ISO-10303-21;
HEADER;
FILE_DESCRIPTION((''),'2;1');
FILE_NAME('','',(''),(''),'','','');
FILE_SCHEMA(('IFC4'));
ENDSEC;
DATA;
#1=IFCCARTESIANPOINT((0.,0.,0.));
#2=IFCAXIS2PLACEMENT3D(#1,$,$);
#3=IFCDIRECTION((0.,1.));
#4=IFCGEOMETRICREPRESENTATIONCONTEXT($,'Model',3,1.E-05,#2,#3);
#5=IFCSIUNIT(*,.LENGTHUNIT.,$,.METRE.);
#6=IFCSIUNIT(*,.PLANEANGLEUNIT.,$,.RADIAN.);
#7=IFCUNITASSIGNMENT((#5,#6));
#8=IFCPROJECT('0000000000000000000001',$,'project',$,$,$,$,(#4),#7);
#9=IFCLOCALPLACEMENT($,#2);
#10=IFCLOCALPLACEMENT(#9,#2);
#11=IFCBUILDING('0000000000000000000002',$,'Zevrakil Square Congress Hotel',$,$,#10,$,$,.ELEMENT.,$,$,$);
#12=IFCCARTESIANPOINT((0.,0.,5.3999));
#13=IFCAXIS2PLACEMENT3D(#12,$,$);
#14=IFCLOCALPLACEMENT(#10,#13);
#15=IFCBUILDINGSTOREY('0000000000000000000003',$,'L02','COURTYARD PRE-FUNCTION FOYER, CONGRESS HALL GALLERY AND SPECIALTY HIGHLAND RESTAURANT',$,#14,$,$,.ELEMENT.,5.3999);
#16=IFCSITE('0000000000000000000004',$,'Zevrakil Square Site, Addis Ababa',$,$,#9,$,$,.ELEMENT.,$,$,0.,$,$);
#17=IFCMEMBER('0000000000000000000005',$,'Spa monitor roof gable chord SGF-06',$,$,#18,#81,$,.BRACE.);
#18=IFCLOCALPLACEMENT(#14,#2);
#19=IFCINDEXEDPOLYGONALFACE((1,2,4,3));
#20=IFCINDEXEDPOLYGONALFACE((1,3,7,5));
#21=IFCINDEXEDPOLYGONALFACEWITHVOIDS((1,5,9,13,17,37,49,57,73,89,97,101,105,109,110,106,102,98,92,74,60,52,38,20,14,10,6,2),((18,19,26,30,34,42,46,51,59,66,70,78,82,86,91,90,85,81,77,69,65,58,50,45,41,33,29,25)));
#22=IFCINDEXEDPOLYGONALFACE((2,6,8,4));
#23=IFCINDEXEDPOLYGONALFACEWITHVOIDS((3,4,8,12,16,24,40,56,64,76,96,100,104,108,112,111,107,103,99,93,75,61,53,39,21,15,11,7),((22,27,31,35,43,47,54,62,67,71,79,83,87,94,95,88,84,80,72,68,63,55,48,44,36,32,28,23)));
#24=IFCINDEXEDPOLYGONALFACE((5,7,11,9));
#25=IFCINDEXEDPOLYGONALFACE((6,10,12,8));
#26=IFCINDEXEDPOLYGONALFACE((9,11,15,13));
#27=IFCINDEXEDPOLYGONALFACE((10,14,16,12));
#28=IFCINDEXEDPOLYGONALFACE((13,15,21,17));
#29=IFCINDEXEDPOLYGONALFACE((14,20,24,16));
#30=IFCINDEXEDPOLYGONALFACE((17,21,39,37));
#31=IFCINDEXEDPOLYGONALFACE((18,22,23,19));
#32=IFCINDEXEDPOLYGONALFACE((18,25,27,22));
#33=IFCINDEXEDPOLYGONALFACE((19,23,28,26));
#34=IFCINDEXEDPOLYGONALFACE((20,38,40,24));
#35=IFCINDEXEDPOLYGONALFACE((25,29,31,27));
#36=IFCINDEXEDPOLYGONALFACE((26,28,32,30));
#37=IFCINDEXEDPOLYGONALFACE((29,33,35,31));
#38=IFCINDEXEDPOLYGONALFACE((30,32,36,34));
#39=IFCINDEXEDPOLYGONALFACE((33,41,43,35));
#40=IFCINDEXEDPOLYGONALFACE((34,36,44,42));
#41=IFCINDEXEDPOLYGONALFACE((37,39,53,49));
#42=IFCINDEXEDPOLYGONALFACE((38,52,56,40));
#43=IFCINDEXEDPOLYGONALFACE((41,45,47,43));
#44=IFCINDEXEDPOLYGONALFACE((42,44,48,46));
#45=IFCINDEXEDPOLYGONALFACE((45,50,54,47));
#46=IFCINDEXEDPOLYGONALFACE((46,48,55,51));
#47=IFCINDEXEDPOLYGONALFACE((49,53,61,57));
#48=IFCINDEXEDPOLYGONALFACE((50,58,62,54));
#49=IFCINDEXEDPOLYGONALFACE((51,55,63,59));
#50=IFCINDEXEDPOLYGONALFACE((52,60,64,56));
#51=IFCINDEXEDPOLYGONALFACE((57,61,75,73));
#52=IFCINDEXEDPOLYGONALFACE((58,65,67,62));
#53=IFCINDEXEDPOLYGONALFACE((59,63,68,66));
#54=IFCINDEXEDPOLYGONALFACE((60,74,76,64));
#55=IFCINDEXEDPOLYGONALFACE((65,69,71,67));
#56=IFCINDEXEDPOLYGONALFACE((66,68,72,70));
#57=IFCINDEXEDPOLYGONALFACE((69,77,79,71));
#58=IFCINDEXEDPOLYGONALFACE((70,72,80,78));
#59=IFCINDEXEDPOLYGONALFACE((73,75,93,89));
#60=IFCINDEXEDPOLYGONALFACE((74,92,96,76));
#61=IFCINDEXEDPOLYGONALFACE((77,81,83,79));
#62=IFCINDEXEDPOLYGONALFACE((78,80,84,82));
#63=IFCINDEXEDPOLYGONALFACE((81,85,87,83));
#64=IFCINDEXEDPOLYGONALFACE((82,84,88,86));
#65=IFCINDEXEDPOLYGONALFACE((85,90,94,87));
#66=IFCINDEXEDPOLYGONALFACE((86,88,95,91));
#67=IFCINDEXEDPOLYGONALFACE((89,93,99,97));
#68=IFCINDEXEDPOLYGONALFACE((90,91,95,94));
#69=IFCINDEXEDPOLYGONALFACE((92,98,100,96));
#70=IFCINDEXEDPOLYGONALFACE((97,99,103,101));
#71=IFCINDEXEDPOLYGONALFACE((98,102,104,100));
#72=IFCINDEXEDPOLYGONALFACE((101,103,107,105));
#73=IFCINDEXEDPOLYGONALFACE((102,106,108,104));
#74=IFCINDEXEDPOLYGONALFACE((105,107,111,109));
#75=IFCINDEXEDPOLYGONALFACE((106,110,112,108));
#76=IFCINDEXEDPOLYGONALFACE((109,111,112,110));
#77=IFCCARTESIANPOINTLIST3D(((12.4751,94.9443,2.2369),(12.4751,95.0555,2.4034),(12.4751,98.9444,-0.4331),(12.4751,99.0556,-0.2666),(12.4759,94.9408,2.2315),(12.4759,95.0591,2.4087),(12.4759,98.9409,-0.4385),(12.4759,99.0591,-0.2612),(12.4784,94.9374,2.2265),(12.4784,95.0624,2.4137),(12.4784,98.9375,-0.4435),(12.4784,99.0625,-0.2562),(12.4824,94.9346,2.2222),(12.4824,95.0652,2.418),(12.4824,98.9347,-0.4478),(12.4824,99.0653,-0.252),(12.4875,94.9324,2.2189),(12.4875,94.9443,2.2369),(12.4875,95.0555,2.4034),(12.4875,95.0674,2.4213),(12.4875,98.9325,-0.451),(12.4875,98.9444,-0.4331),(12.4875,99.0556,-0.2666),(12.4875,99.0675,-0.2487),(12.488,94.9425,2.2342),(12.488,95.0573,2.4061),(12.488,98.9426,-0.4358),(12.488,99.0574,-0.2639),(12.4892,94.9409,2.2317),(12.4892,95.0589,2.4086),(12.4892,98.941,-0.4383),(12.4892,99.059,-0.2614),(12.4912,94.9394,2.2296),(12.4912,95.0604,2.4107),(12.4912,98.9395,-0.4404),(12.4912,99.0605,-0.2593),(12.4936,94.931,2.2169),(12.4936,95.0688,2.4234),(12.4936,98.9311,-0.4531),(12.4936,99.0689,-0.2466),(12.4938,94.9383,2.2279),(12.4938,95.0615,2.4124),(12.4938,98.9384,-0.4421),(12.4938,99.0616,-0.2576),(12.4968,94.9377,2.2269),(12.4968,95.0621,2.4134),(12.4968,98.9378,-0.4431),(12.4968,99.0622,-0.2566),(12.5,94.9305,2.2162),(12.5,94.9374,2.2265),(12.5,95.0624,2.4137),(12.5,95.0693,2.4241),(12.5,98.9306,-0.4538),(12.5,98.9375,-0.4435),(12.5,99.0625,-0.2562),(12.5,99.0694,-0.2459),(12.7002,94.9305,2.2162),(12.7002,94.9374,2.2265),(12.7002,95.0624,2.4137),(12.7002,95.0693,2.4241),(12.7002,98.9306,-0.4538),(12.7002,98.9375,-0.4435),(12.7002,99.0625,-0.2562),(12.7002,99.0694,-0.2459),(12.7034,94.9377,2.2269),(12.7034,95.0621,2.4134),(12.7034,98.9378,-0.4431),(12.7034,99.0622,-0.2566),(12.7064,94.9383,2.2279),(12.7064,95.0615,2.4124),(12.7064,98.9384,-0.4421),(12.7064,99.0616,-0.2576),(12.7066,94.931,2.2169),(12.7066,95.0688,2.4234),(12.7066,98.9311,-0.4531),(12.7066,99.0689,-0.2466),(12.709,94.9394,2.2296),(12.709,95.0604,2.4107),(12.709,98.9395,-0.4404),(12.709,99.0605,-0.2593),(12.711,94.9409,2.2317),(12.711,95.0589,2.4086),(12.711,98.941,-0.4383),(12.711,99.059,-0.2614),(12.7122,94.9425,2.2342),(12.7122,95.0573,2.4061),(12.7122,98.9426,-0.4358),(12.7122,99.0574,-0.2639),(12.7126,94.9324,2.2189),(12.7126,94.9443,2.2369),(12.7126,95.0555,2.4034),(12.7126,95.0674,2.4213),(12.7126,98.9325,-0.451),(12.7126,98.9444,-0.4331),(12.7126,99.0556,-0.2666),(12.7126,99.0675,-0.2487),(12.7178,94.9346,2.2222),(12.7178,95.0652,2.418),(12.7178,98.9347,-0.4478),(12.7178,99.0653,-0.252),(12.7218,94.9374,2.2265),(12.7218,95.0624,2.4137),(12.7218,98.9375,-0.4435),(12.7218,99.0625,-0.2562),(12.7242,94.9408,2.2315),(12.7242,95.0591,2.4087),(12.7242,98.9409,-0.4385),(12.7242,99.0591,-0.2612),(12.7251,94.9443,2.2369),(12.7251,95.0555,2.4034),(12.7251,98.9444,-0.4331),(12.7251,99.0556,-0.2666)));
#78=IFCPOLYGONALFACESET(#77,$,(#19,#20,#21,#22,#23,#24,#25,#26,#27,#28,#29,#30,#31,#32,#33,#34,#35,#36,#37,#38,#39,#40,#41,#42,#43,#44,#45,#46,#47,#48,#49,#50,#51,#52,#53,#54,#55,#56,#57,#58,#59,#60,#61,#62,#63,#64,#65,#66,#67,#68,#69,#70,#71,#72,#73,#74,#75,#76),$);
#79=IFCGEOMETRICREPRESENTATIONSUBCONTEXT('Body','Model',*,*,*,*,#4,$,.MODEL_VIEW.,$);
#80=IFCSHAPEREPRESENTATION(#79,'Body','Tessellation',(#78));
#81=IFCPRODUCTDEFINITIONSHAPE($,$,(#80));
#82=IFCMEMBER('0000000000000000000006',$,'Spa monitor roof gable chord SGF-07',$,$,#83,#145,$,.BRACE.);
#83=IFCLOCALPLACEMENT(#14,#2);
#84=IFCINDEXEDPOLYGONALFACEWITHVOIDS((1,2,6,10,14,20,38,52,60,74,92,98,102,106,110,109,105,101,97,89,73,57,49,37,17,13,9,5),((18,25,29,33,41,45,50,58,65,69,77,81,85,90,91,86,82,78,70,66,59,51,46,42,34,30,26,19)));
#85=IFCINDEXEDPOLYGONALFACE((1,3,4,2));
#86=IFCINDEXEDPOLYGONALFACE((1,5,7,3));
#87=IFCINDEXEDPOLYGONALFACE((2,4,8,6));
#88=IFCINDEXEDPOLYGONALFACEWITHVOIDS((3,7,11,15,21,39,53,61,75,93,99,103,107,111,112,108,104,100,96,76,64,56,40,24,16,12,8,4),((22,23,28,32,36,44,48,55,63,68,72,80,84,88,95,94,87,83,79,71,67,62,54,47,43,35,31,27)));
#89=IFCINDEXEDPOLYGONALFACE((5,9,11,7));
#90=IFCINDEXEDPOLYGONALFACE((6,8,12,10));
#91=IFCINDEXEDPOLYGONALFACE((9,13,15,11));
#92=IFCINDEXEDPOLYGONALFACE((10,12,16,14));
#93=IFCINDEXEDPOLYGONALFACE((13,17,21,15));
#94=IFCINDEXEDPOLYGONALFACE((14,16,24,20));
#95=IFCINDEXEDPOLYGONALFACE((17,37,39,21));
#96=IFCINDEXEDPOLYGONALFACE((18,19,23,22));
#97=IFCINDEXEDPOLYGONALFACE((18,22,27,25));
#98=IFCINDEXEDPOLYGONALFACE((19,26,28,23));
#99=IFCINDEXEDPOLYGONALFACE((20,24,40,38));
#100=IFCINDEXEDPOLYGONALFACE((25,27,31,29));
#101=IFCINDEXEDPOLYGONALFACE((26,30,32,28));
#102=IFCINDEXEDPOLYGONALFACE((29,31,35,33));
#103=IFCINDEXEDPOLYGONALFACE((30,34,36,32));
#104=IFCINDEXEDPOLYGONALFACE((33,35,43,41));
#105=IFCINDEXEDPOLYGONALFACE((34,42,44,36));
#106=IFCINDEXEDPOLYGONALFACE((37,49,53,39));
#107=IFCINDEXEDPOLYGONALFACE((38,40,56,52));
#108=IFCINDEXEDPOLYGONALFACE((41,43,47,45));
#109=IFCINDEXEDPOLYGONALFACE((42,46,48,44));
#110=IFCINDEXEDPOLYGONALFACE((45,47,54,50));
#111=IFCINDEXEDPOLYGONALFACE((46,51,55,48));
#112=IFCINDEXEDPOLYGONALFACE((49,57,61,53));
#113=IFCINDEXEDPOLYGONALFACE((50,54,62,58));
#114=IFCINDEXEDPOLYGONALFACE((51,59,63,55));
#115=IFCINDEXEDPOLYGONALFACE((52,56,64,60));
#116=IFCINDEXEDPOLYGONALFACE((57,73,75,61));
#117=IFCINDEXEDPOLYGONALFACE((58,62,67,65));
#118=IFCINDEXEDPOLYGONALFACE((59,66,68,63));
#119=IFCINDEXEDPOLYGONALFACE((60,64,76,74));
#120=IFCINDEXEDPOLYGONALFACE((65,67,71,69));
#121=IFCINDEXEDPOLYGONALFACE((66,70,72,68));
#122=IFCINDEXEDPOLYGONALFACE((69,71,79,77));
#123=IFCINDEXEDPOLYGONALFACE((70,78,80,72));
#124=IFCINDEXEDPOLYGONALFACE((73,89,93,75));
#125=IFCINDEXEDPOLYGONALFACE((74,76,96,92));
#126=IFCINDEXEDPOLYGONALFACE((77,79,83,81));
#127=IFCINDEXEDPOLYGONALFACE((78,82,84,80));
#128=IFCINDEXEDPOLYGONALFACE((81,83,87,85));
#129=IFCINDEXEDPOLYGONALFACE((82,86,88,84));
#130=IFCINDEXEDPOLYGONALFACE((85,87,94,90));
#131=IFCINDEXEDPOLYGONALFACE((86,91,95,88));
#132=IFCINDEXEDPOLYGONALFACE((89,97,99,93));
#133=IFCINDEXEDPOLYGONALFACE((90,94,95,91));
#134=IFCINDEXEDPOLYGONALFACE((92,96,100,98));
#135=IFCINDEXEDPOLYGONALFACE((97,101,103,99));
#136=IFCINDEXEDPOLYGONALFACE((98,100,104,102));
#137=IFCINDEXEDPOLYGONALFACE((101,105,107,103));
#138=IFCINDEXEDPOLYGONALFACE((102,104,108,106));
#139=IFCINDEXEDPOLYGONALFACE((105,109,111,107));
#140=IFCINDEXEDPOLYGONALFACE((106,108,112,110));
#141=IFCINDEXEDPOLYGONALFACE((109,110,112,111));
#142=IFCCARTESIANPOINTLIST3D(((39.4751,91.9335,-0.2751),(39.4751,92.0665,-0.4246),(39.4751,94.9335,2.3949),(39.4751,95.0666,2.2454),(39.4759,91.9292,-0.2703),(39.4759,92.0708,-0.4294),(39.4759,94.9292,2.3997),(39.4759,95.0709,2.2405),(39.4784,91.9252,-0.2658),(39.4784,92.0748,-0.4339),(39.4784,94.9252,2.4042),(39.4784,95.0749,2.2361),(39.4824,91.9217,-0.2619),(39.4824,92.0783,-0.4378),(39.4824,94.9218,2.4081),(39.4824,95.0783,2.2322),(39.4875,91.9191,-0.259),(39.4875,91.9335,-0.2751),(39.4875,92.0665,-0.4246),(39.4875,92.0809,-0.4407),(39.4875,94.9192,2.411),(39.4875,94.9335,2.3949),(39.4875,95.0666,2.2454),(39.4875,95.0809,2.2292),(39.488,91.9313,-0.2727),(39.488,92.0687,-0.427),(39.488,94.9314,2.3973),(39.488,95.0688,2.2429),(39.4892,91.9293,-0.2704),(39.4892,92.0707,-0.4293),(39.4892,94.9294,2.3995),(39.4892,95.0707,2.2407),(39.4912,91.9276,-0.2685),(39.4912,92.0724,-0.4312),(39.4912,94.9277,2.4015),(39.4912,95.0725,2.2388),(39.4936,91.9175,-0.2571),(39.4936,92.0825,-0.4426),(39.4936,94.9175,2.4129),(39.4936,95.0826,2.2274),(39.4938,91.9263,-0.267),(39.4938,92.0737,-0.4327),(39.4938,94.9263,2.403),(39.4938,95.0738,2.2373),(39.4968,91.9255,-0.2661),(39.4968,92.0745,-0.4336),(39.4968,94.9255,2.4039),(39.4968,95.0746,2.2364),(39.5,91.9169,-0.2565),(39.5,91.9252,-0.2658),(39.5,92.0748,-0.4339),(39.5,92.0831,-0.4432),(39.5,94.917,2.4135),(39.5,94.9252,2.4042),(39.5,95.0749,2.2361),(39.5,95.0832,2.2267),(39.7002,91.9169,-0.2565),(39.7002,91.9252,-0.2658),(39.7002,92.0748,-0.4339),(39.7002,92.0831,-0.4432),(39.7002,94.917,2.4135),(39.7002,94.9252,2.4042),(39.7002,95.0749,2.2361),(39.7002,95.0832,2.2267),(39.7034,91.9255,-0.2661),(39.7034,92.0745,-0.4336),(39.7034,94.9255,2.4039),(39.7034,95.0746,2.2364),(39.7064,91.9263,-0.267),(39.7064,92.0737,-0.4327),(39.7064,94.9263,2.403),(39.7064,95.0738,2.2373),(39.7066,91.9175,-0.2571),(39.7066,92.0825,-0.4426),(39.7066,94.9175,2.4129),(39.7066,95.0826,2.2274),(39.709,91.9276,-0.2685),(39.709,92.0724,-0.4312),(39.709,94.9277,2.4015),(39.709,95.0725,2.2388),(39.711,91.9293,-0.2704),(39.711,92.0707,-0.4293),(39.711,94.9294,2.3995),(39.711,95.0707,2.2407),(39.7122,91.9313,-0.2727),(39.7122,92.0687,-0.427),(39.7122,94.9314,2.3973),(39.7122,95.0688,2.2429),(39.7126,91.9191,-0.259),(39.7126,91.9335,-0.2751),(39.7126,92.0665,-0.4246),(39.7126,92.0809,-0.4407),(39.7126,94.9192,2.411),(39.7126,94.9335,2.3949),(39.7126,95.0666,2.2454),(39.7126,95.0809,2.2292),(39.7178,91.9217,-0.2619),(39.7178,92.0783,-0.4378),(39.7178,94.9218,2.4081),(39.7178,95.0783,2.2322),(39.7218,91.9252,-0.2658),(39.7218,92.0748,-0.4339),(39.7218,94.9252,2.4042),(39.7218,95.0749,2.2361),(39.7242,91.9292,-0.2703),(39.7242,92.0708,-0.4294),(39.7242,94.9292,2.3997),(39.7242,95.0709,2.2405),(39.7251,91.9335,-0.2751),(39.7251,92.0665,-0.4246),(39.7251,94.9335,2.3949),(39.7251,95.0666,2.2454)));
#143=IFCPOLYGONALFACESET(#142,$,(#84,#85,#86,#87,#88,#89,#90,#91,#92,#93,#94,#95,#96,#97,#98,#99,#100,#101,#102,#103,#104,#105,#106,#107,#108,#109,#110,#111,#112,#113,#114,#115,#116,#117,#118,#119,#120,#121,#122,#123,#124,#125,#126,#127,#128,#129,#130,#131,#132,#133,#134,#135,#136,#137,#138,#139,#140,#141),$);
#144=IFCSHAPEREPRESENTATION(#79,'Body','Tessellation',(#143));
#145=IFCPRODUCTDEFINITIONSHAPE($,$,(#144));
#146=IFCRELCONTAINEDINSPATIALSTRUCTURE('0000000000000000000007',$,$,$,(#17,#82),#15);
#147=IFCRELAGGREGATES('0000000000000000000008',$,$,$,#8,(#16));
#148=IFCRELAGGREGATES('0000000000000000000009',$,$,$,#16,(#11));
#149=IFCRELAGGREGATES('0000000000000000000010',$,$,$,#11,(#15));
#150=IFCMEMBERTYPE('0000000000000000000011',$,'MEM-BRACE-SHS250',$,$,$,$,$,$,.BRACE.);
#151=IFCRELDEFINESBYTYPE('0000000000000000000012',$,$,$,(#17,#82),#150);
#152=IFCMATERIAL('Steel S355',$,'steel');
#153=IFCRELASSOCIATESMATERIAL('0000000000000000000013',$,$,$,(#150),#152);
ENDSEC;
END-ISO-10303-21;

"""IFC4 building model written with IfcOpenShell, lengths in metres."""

from ifc_helpers import new_model, si_unit, direction, frame, origin, origin_2d, place, context, subcontext, project, spatial, hollow_rectangle, extrude, material, material_profile, profile_set, type_object, element, save


model = new_model("IFC4")

# Units and contexts
model_context = context("Model", 3, precision=1e-05, world=origin(), true_north=direction((0.0, 1.0)))
body_context = subcontext(model_context, "Body", "Model", "MODEL_VIEW")
ifc_project = project(units=[si_unit("LENGTHUNIT", "METRE"), si_unit("PLANEANGLEUNIT", "RADIAN")], contexts=[model_context])

# Site, building, storey
site_placement = place(None, origin())
site = spatial("IfcSite", under=ifc_project, at=site_placement, Name="Zevrakil Square Site, Addis Ababa", CompositionType="ELEMENT", RefElevation=0.0)
building_placement = place(site_placement, origin())
building = spatial("IfcBuilding", under=site, at=building_placement, Name="Zevrakil Square Congress Hotel", CompositionType="ELEMENT")
storey_placement = place(building_placement, frame((0.0, 0.0, 5.3999)))
storey = spatial("IfcBuildingStorey", under=building, at=storey_placement, Name="L02", Description="COURTYARD PRE-FUNCTION FOYER, CONGRESS HALL GALLERY AND SPECIALTY HIGHLAND RESTAURANT", CompositionType="ELEMENT", Elevation=5.3999)

# Members
ifc_material_1 = material(Name="Steel S355", Category="steel")
ifc_material_profile_1 = material_profile(ifc_material_1, hollow_rectangle(XDim=0.25, YDim=0.25, WallThickness=0.0125, InnerFilletRadius=0.0125, OuterFilletRadius=0.0249, at=origin_2d()), Name="SHS 250x250x12.5")
ifc_profile_set_1 = profile_set([ifc_material_profile_1], Name="Steel S355")
member_type_1 = type_object("IfcMemberType", Name="MEM-BRACE-SHS250", PredefinedType="BRACE", material=ifc_profile_set_1)
member_1_placement = place(storey_placement, frame((12.6001, 99.0, -0.3499), z_axis=(0.0, -0.831738, 0.555169), x_axis=(1.0, 0.0, 0.0)))
element("IfcMember", 1, at=member_1_placement, inside=storey, type_object=member_type_1, Name="Spa monitor roof gable chord SGF-06", PredefinedType="BRACE", context=body_context, shape_type="SweptSolid", body=[
    extrude(hollow_rectangle(XDim=0.25, YDim=0.25, WallThickness=0.0125, InnerFilletRadius=0.0125, OuterFilletRadius=0.0249, at=origin_2d()), origin(), (0.0, 0.0, 1.0), 4.8093),
])
member_2_placement = place(storey_placement, frame((39.6001, 92.0, -0.3499), z_axis=(0.0, 0.747007, 0.664817), x_axis=(-1.0, 0.0, 0.0)))
element("IfcMember", 2, at=member_2_placement, inside=storey, type_object=member_type_1, Name="Spa monitor roof gable chord SGF-07", PredefinedType="BRACE", context=body_context, shape_type="SweptSolid", body=[
    extrude(hollow_rectangle(XDim=0.25, YDim=0.25, WallThickness=0.0125, InnerFilletRadius=0.0125, OuterFilletRadius=0.0249, at=origin_2d()), origin(), (0.0, 0.0, 1.0), 4.0161),
])

save(model, "model.ifc")
